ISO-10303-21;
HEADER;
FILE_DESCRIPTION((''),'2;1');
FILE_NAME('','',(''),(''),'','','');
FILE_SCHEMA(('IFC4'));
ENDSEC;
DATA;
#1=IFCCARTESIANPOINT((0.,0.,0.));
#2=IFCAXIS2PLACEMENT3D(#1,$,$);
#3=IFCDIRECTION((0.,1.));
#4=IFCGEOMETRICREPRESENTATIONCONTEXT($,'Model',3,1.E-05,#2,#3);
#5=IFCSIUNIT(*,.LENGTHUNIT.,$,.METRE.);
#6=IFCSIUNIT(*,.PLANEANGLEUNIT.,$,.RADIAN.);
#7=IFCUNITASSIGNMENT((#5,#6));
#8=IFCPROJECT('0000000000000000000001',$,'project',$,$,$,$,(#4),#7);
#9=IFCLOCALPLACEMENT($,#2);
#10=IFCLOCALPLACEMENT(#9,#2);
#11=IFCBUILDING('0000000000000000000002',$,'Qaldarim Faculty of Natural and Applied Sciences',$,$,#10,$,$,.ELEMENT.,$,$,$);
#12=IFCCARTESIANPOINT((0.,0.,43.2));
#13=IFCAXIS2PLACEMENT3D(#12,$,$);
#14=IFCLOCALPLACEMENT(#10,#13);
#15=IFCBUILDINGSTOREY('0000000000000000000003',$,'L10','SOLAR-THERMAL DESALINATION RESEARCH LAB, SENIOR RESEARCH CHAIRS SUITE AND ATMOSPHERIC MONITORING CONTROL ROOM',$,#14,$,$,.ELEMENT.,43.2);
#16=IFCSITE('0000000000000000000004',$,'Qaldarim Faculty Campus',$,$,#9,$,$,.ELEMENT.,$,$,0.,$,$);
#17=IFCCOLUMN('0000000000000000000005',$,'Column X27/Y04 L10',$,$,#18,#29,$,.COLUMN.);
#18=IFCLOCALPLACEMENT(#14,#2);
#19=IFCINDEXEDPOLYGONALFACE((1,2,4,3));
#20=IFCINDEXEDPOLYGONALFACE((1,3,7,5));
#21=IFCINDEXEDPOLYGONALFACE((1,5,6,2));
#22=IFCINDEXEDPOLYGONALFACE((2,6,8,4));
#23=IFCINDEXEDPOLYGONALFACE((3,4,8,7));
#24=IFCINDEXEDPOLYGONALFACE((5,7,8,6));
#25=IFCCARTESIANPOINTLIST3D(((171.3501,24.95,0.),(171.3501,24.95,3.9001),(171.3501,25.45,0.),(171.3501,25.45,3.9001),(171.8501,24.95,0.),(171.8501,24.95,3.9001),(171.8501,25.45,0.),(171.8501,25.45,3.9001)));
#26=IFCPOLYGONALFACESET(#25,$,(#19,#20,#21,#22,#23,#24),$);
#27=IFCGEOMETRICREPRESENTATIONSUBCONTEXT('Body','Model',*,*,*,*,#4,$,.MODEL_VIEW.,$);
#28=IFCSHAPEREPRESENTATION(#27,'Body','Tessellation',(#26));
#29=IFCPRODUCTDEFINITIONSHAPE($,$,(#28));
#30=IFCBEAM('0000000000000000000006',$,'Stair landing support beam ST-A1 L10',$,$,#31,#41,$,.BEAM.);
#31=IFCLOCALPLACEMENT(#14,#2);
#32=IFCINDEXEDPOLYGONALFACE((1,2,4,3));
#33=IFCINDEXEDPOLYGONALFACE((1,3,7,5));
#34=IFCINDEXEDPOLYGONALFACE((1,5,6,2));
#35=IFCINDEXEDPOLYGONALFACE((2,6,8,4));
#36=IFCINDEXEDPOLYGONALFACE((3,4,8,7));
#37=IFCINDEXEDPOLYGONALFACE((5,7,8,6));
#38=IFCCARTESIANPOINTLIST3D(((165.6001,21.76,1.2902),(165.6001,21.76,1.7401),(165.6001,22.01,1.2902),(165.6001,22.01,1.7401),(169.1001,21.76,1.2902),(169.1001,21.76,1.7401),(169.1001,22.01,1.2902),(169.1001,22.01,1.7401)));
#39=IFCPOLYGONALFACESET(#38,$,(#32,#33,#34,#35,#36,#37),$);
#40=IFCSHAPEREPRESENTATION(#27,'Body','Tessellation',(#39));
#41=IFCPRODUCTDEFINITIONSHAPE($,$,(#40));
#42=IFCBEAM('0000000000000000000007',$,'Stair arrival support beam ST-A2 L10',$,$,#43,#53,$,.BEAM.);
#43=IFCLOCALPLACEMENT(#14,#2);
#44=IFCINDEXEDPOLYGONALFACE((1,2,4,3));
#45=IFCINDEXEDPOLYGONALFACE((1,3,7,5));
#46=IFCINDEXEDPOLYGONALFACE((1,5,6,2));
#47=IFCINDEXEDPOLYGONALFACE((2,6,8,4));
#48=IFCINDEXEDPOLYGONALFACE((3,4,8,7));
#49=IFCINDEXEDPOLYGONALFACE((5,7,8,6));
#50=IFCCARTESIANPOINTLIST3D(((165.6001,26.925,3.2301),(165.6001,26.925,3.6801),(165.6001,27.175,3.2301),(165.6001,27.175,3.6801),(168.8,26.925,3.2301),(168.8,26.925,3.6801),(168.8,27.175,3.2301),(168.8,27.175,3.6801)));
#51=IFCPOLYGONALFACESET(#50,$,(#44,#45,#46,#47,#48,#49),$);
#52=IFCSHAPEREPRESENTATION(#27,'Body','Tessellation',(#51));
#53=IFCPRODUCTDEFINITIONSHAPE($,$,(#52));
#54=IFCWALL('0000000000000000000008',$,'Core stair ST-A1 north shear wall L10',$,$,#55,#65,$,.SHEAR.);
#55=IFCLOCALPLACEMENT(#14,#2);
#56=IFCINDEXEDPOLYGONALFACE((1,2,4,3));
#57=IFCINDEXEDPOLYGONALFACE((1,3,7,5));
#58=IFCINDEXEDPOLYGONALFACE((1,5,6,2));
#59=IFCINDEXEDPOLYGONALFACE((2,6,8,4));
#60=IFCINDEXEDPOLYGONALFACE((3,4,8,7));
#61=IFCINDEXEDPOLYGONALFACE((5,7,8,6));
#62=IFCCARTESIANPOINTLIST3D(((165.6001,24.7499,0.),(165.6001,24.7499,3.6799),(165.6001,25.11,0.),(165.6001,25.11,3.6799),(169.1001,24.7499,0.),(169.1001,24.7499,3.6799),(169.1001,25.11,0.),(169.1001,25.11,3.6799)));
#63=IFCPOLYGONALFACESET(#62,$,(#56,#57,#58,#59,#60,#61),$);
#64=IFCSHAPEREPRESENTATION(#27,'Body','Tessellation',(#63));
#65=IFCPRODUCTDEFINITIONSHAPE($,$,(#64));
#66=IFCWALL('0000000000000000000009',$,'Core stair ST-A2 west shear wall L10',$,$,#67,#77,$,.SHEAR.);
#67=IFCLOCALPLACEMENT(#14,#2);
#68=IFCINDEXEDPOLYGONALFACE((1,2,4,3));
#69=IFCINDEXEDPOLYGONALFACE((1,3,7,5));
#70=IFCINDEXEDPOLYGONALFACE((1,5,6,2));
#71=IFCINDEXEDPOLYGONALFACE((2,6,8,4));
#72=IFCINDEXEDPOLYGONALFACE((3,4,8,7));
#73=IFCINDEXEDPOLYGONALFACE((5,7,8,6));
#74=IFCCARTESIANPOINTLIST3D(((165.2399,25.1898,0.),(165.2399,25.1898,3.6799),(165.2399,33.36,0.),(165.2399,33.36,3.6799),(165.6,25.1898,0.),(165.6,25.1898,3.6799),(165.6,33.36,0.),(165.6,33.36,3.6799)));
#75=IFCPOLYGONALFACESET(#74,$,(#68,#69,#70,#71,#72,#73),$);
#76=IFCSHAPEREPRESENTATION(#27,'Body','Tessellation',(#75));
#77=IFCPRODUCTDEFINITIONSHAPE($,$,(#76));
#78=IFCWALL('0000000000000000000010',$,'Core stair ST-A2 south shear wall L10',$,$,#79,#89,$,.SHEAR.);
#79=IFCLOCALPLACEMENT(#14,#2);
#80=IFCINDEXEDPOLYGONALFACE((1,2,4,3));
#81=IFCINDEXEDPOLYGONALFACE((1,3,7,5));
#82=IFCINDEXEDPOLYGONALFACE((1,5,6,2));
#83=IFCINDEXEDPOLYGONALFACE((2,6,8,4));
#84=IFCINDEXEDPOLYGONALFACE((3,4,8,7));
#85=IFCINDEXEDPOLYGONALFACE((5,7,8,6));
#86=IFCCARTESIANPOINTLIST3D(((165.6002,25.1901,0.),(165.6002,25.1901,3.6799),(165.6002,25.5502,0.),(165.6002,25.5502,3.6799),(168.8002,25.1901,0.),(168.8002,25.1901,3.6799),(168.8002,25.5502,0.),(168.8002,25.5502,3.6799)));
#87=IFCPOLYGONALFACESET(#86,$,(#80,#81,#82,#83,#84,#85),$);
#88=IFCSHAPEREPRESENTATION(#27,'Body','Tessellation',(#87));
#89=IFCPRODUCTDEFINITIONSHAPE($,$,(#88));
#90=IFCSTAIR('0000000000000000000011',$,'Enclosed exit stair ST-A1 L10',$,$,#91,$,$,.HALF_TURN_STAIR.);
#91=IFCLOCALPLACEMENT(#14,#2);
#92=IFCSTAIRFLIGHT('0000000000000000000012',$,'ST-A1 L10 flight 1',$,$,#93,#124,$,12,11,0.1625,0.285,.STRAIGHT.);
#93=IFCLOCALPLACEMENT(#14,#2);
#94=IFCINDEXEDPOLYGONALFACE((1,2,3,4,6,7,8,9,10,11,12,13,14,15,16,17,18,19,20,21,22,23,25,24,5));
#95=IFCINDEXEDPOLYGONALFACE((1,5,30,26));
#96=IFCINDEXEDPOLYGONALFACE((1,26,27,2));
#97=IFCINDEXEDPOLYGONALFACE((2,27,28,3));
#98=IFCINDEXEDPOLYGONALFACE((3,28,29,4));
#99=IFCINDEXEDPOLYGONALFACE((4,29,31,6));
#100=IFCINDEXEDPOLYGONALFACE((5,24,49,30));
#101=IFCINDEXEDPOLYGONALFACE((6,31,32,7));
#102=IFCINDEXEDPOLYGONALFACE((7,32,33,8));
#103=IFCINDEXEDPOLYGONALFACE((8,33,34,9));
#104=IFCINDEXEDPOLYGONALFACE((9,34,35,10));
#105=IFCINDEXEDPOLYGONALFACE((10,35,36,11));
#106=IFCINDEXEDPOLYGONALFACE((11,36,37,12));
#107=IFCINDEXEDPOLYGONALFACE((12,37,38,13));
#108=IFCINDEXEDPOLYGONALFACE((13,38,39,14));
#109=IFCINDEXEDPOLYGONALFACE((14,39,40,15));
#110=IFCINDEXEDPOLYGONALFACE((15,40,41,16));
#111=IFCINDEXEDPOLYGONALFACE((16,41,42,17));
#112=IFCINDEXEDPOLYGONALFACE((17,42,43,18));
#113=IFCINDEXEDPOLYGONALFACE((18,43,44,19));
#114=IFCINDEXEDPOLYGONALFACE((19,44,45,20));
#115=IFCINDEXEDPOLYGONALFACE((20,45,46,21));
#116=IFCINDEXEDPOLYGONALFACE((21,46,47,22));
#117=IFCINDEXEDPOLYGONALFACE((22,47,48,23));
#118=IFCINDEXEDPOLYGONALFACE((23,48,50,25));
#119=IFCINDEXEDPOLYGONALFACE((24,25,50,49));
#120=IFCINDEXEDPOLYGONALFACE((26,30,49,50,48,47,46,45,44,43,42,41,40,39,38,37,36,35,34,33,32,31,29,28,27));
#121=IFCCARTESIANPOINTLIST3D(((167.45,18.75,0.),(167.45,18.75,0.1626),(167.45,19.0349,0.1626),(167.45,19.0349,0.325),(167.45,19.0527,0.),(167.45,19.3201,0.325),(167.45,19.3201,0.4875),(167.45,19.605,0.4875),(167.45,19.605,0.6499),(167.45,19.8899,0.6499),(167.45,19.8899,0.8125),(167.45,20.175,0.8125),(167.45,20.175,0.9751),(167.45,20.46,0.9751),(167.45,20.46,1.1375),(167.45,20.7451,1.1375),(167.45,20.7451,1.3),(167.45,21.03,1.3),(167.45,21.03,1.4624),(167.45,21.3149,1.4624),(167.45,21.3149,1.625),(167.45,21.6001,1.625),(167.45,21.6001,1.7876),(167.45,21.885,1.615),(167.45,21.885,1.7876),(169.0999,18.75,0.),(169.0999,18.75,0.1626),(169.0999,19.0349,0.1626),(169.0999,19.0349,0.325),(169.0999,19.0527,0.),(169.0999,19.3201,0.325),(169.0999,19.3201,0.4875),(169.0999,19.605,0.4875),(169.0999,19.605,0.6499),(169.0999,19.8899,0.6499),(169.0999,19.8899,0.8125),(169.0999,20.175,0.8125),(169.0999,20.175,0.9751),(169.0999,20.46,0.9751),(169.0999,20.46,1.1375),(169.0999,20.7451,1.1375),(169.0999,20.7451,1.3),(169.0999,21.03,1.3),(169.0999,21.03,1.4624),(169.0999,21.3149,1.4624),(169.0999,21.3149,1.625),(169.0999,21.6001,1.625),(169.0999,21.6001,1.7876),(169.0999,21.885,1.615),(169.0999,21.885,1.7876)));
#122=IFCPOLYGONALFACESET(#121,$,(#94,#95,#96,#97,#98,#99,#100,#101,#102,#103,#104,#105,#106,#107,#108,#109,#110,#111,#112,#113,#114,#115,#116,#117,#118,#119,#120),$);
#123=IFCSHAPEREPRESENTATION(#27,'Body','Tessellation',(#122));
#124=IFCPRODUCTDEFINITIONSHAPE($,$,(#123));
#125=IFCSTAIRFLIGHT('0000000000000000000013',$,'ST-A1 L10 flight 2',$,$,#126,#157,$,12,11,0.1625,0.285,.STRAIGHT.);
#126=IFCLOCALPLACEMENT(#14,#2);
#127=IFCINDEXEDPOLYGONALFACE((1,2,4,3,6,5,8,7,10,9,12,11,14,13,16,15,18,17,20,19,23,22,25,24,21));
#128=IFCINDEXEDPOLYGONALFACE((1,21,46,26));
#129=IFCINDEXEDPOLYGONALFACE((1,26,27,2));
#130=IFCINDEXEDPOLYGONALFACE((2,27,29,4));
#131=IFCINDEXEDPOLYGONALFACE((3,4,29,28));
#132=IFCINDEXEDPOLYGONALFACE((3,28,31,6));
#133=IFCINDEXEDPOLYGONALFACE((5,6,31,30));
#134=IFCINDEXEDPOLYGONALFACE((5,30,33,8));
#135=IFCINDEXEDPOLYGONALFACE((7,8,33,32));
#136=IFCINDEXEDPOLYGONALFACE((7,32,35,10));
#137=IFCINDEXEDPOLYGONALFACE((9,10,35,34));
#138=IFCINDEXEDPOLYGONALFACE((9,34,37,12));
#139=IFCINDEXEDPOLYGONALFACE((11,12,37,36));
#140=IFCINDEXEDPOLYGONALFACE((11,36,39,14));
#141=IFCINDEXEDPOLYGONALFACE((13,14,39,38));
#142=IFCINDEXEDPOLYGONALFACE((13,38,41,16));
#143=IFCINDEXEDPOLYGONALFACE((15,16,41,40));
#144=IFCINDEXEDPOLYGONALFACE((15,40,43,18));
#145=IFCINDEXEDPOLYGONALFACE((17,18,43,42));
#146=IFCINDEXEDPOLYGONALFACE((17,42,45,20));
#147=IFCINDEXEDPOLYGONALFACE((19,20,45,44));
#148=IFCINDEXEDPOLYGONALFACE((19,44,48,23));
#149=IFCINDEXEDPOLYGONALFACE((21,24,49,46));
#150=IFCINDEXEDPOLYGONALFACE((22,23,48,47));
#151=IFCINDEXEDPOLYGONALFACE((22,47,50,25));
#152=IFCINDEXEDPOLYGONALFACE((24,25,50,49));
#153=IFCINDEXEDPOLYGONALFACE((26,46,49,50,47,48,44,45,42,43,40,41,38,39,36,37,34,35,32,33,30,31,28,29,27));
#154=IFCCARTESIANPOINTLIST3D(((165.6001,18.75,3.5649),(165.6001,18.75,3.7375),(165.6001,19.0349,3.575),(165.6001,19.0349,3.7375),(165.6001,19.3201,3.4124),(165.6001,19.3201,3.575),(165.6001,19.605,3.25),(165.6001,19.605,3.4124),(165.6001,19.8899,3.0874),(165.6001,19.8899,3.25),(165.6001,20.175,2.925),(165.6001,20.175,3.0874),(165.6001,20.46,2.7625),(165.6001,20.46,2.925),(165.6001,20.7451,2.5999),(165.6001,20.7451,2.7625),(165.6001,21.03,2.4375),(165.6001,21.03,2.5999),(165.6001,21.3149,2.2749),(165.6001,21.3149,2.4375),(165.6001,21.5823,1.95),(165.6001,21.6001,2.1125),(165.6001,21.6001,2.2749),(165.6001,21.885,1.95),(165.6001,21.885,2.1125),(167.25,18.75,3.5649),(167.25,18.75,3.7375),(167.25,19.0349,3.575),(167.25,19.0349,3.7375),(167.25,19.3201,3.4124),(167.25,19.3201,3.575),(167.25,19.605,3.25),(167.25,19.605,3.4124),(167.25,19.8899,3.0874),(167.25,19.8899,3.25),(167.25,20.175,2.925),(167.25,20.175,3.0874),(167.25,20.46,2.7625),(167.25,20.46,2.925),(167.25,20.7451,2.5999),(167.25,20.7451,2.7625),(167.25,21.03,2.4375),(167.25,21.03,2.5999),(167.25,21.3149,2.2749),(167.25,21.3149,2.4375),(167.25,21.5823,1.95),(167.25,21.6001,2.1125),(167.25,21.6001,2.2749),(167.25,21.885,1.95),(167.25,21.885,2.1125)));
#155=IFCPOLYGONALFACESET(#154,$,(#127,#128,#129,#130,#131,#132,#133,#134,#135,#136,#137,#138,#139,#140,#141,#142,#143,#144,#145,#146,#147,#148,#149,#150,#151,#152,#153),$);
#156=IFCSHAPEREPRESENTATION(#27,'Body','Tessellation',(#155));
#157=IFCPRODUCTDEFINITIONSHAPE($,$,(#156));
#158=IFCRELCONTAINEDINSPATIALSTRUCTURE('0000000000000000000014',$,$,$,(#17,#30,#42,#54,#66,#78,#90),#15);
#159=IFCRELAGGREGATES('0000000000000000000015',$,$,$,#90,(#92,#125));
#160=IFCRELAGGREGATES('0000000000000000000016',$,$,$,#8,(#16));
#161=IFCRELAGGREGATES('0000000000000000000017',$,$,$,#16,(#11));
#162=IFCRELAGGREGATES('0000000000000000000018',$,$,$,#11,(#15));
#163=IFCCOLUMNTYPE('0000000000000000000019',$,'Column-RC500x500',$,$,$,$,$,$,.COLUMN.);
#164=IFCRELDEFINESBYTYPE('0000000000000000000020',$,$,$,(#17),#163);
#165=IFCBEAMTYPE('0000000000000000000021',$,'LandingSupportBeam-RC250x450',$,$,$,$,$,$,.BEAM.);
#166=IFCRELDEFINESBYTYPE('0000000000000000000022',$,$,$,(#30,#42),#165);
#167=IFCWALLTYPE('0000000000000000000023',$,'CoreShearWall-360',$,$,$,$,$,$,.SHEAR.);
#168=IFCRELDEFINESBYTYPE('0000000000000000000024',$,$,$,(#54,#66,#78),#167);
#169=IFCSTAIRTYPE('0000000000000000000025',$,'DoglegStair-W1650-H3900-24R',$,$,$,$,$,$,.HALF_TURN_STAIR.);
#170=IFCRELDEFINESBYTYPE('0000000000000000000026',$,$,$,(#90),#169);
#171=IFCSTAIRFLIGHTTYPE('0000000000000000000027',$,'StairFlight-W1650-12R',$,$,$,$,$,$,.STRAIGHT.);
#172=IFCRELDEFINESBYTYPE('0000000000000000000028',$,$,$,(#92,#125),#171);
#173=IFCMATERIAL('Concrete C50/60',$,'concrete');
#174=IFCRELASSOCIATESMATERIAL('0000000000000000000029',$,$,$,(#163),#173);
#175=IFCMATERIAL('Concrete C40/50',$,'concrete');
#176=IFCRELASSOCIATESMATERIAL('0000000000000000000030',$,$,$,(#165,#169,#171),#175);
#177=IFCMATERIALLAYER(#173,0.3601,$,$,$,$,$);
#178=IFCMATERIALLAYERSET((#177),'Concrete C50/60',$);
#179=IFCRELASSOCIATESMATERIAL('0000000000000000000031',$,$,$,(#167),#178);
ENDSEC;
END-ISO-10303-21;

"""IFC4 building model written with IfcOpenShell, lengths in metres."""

from ifc_helpers import new_model, si_unit, direction, frame, frame_2d, origin, origin_2d, place, context, subcontext, project, spatial, polyline, rectangle, outline, extrude, material, layer, layer_set, material_profile, profile_set, type_object, element, aggregate, save


model = new_model("IFC4")

# Units and contexts
model_context = context("Model", 3, precision=1e-05, world=origin(), true_north=direction((0.0, 1.0)))
body_context = subcontext(model_context, "Body", "Model", "MODEL_VIEW")
ifc_project = project(units=[si_unit("LENGTHUNIT", "METRE"), si_unit("PLANEANGLEUNIT", "RADIAN")], contexts=[model_context])

# Site, building, storey
site_placement = place(None, origin())
site = spatial("IfcSite", under=ifc_project, at=site_placement, Name="Qaldarim Faculty Campus", CompositionType="ELEMENT", RefElevation=0.0)
building_placement = place(site_placement, origin())
building = spatial("IfcBuilding", under=site, at=building_placement, Name="Qaldarim Faculty of Natural and Applied Sciences", CompositionType="ELEMENT")
storey_placement = place(building_placement, frame((0.0, 0.0, 43.2)))
storey = spatial("IfcBuildingStorey", under=building, at=storey_placement, Name="L10", Description="SOLAR-THERMAL DESALINATION RESEARCH LAB, SENIOR RESEARCH CHAIRS SUITE AND ATMOSPHERIC MONITORING CONTROL ROOM", CompositionType="ELEMENT", Elevation=43.2)

# Column
ifc_material_1 = material(Name="Concrete C50/60", Category="concrete")
ifc_material_profile_1 = material_profile(ifc_material_1, rectangle(XDim=0.5, YDim=0.5, at=origin_2d()), Name="RC-C500x500")
ifc_profile_set_1 = profile_set([ifc_material_profile_1], Name="Concrete C50/60")
column_type = type_object("IfcColumnType", Name="Column-RC500x500", PredefinedType="COLUMN", material=ifc_profile_set_1)
column_placement = place(storey_placement, frame((171.6001, 25.2, 0.0), z_axis=(0.0, 0.0, 1.0), x_axis=(1.0, 0.0, 0.0)))
element("IfcColumn", 1, at=column_placement, inside=storey, type_object=column_type, Name="Column X27/Y04 L10", PredefinedType="COLUMN", context=body_context, shape_type="SweptSolid", body=[
    extrude(rectangle(XDim=0.5, YDim=0.5, at=origin_2d()), origin(), (0.0, 0.0, 1.0), 3.9001),
])

# Beams
ifc_material_2 = material(Name="Concrete C40/50", Category="concrete")
ifc_material_profile_2 = material_profile(ifc_material_2, rectangle(XDim=0.25, YDim=0.45, at=origin_2d()), Name="RC-LN250x450")
ifc_profile_set_2 = profile_set([ifc_material_profile_2], Name="Concrete C40/50")
beam_type = type_object("IfcBeamType", Name="LandingSupportBeam-RC250x450", PredefinedType="BEAM", material=ifc_profile_set_2)
beam_1_placement = place(storey_placement, frame((165.6001, 21.885, 1.5151), z_axis=(1.0, 0.0, 0.0), x_axis=(0.0, 1.0, 0.0)))
element("IfcBeam", 2, at=beam_1_placement, inside=storey, type_object=beam_type, Name="Stair landing support beam ST-A1 L10", PredefinedType="BEAM", context=body_context, shape_type="SweptSolid", body=[
    extrude(rectangle(XDim=0.25, YDim=0.45, at=origin_2d()), origin(), (0.0, 0.0, 1.0), 3.5),
])
beam_2_placement = place(storey_placement, frame((165.6001, 27.05, 3.4551), z_axis=(1.0, 0.0, 0.0), x_axis=(0.0, 1.0, 0.0)))
element("IfcBeam", 3, at=beam_2_placement, inside=storey, type_object=beam_type, Name="Stair arrival support beam ST-A2 L10", PredefinedType="BEAM", context=body_context, shape_type="SweptSolid", body=[
    extrude(rectangle(XDim=0.25, YDim=0.45, at=origin_2d()), origin(), (0.0, 0.0, 1.0), 3.2),
])

# Walls
ifc_layer_1 = layer(ifc_material_1, 0.3601)
ifc_layer_set_1 = layer_set([ifc_layer_1], Name="Concrete C50/60")
wall_type_1 = type_object("IfcWallType", Name="CoreShearWall-360", PredefinedType="SHEAR", material=ifc_layer_set_1)
wall_1_placement = place(storey_placement, frame((165.6001, 24.9299, 0.0), z_axis=(0.0, 0.0, 1.0), x_axis=(1.0, 0.0, 0.0)))
element("IfcWall", 4, at=wall_1_placement, inside=storey, type_object=wall_type_1, Name="Core stair ST-A1 north shear wall L10", PredefinedType="SHEAR", context=body_context, shape_type="SweptSolid", body=[
    extrude(rectangle(XDim=3.5, YDim=0.3601, at=frame_2d((1.75, 0.0))), origin(), (0.0, 0.0, 1.0), 3.6799),
])
wall_2_placement = place(storey_placement, frame((165.4199, 25.1899, 0.0), z_axis=(0.0, 0.0, 1.0), x_axis=(0.0, 1.0, 0.0)))
element("IfcWall", 5, at=wall_2_placement, inside=storey, type_object=wall_type_1, Name="Core stair ST-A2 west shear wall L10", PredefinedType="SHEAR", context=body_context, shape_type="SweptSolid", body=[
    extrude(rectangle(XDim=8.1702, YDim=0.3601, at=frame_2d((4.085, 0.0))), origin(), (0.0, 0.0, 1.0), 3.6799),
])

# Wall
wall_3_placement = place(storey_placement, frame((165.6001, 25.3701, 0.0), z_axis=(0.0, 0.0, 1.0), x_axis=(1.0, 0.0, 0.0)))
element("IfcWall", 6, at=wall_3_placement, inside=storey, type_object=wall_type_1, Name="Core stair ST-A2 south shear wall L10", PredefinedType="SHEAR", context=body_context, shape_type="SweptSolid", body=[
    extrude(rectangle(XDim=3.2, YDim=0.3601, at=frame_2d((1.6001, 0.0))), origin(), (0.0, 0.0, 1.0), 3.6799),
])

# Stair, stair flights
stair_type = type_object("IfcStairType", Name="DoglegStair-W1650-H3900-24R", PredefinedType="HALF_TURN_STAIR", material=ifc_material_2)
stair_placement = place(storey_placement, origin())
stair = element("IfcStair", 7, at=stair_placement, inside=storey, type_object=stair_type, Name="Enclosed exit stair ST-A1 L10", PredefinedType="HALF_TURN_STAIR")
stair_flight_type = type_object("IfcStairFlightType", Name="StairFlight-W1650-12R", PredefinedType="STRAIGHT", material=ifc_material_2)
stair_flight_1_placement = place(storey_placement, frame((168.2749, 18.75, 0.0), z_axis=(0.0, 0.0, 1.0), x_axis=(0.0, 1.0, 0.0)))
stair_flight_1 = element("IfcStairFlight", 8, at=stair_flight_1_placement, type_object=stair_flight_type, Name="ST-A1 L10 flight 1", NumberOfRisers=12, NumberOfTreads=11, PredefinedType="STRAIGHT", RiserHeight=0.1625, TreadLength=0.285, context=body_context, shape_type="SweptSolid", body=[
    extrude(outline(polyline([(0.0, 0.0), (0.0, 0.1626), (0.2849, 0.1626), (0.2849, 0.325), (0.5701, 0.325), (0.5701, 0.4875), (0.855, 0.4875), (0.855, 0.6499), (1.1399, 0.6499), (1.1399, 0.8125), (1.425, 0.8125), (1.425, 0.9751), (1.71, 0.9751), (1.71, 1.1375), (1.9951, 1.1375), (1.9951, 1.3), (2.28, 1.3), (2.28, 1.4624), (2.5649, 1.4624), (2.5649, 1.625), (2.8501, 1.625), (2.8501, 1.7876), (3.135, 1.7876), (3.135, 1.95), (3.135, 1.615), (0.3027, 0.0), (0.0, 0.0)])), frame((0.0, 0.825, 0.0), z_axis=(0.0, -1.0, 0.0), x_axis=(1.0, 0.0, 0.0)), (0.0, 0.0, 1.0), 1.6499),
])
stair_flight_2_placement = place(storey_placement, frame((166.425, 21.885, 1.95), z_axis=(0.0, 0.0, 1.0), x_axis=(0.0, -1.0, 0.0)))
stair_flight_2 = element("IfcStairFlight", 9, at=stair_flight_2_placement, type_object=stair_flight_type, Name="ST-A1 L10 flight 2", NumberOfRisers=12, NumberOfTreads=11, PredefinedType="STRAIGHT", RiserHeight=0.1625, TreadLength=0.285, context=body_context, shape_type="SweptSolid", body=[
    extrude(outline(polyline([(0.0, 0.0), (0.0, 0.1626), (0.2849, 0.1626), (0.2849, 0.325), (0.5701, 0.325), (0.5701, 0.4875), (0.855, 0.4875), (0.855, 0.6499), (1.1399, 0.6499), (1.1399, 0.8125), (1.425, 0.8125), (1.425, 0.9751), (1.71, 0.9751), (1.71, 1.1375), (1.9951, 1.1375), (1.9951, 1.3), (2.28, 1.3), (2.28, 1.4624), (2.5649, 1.4624), (2.5649, 1.625), (2.8501, 1.625), (2.8501, 1.7876), (3.135, 1.7876), (3.135, 1.95), (3.135, 1.615), (0.3027, 0.0), (0.0, 0.0)])), frame((0.0, 0.825, 0.0), z_axis=(0.0, -1.0, 0.0), x_axis=(1.0, 0.0, 0.0)), (0.0, 0.0, 1.0), 1.6499),
])
aggregate(stair, [stair_flight_1, stair_flight_2])

save(model, "model.ifc")
